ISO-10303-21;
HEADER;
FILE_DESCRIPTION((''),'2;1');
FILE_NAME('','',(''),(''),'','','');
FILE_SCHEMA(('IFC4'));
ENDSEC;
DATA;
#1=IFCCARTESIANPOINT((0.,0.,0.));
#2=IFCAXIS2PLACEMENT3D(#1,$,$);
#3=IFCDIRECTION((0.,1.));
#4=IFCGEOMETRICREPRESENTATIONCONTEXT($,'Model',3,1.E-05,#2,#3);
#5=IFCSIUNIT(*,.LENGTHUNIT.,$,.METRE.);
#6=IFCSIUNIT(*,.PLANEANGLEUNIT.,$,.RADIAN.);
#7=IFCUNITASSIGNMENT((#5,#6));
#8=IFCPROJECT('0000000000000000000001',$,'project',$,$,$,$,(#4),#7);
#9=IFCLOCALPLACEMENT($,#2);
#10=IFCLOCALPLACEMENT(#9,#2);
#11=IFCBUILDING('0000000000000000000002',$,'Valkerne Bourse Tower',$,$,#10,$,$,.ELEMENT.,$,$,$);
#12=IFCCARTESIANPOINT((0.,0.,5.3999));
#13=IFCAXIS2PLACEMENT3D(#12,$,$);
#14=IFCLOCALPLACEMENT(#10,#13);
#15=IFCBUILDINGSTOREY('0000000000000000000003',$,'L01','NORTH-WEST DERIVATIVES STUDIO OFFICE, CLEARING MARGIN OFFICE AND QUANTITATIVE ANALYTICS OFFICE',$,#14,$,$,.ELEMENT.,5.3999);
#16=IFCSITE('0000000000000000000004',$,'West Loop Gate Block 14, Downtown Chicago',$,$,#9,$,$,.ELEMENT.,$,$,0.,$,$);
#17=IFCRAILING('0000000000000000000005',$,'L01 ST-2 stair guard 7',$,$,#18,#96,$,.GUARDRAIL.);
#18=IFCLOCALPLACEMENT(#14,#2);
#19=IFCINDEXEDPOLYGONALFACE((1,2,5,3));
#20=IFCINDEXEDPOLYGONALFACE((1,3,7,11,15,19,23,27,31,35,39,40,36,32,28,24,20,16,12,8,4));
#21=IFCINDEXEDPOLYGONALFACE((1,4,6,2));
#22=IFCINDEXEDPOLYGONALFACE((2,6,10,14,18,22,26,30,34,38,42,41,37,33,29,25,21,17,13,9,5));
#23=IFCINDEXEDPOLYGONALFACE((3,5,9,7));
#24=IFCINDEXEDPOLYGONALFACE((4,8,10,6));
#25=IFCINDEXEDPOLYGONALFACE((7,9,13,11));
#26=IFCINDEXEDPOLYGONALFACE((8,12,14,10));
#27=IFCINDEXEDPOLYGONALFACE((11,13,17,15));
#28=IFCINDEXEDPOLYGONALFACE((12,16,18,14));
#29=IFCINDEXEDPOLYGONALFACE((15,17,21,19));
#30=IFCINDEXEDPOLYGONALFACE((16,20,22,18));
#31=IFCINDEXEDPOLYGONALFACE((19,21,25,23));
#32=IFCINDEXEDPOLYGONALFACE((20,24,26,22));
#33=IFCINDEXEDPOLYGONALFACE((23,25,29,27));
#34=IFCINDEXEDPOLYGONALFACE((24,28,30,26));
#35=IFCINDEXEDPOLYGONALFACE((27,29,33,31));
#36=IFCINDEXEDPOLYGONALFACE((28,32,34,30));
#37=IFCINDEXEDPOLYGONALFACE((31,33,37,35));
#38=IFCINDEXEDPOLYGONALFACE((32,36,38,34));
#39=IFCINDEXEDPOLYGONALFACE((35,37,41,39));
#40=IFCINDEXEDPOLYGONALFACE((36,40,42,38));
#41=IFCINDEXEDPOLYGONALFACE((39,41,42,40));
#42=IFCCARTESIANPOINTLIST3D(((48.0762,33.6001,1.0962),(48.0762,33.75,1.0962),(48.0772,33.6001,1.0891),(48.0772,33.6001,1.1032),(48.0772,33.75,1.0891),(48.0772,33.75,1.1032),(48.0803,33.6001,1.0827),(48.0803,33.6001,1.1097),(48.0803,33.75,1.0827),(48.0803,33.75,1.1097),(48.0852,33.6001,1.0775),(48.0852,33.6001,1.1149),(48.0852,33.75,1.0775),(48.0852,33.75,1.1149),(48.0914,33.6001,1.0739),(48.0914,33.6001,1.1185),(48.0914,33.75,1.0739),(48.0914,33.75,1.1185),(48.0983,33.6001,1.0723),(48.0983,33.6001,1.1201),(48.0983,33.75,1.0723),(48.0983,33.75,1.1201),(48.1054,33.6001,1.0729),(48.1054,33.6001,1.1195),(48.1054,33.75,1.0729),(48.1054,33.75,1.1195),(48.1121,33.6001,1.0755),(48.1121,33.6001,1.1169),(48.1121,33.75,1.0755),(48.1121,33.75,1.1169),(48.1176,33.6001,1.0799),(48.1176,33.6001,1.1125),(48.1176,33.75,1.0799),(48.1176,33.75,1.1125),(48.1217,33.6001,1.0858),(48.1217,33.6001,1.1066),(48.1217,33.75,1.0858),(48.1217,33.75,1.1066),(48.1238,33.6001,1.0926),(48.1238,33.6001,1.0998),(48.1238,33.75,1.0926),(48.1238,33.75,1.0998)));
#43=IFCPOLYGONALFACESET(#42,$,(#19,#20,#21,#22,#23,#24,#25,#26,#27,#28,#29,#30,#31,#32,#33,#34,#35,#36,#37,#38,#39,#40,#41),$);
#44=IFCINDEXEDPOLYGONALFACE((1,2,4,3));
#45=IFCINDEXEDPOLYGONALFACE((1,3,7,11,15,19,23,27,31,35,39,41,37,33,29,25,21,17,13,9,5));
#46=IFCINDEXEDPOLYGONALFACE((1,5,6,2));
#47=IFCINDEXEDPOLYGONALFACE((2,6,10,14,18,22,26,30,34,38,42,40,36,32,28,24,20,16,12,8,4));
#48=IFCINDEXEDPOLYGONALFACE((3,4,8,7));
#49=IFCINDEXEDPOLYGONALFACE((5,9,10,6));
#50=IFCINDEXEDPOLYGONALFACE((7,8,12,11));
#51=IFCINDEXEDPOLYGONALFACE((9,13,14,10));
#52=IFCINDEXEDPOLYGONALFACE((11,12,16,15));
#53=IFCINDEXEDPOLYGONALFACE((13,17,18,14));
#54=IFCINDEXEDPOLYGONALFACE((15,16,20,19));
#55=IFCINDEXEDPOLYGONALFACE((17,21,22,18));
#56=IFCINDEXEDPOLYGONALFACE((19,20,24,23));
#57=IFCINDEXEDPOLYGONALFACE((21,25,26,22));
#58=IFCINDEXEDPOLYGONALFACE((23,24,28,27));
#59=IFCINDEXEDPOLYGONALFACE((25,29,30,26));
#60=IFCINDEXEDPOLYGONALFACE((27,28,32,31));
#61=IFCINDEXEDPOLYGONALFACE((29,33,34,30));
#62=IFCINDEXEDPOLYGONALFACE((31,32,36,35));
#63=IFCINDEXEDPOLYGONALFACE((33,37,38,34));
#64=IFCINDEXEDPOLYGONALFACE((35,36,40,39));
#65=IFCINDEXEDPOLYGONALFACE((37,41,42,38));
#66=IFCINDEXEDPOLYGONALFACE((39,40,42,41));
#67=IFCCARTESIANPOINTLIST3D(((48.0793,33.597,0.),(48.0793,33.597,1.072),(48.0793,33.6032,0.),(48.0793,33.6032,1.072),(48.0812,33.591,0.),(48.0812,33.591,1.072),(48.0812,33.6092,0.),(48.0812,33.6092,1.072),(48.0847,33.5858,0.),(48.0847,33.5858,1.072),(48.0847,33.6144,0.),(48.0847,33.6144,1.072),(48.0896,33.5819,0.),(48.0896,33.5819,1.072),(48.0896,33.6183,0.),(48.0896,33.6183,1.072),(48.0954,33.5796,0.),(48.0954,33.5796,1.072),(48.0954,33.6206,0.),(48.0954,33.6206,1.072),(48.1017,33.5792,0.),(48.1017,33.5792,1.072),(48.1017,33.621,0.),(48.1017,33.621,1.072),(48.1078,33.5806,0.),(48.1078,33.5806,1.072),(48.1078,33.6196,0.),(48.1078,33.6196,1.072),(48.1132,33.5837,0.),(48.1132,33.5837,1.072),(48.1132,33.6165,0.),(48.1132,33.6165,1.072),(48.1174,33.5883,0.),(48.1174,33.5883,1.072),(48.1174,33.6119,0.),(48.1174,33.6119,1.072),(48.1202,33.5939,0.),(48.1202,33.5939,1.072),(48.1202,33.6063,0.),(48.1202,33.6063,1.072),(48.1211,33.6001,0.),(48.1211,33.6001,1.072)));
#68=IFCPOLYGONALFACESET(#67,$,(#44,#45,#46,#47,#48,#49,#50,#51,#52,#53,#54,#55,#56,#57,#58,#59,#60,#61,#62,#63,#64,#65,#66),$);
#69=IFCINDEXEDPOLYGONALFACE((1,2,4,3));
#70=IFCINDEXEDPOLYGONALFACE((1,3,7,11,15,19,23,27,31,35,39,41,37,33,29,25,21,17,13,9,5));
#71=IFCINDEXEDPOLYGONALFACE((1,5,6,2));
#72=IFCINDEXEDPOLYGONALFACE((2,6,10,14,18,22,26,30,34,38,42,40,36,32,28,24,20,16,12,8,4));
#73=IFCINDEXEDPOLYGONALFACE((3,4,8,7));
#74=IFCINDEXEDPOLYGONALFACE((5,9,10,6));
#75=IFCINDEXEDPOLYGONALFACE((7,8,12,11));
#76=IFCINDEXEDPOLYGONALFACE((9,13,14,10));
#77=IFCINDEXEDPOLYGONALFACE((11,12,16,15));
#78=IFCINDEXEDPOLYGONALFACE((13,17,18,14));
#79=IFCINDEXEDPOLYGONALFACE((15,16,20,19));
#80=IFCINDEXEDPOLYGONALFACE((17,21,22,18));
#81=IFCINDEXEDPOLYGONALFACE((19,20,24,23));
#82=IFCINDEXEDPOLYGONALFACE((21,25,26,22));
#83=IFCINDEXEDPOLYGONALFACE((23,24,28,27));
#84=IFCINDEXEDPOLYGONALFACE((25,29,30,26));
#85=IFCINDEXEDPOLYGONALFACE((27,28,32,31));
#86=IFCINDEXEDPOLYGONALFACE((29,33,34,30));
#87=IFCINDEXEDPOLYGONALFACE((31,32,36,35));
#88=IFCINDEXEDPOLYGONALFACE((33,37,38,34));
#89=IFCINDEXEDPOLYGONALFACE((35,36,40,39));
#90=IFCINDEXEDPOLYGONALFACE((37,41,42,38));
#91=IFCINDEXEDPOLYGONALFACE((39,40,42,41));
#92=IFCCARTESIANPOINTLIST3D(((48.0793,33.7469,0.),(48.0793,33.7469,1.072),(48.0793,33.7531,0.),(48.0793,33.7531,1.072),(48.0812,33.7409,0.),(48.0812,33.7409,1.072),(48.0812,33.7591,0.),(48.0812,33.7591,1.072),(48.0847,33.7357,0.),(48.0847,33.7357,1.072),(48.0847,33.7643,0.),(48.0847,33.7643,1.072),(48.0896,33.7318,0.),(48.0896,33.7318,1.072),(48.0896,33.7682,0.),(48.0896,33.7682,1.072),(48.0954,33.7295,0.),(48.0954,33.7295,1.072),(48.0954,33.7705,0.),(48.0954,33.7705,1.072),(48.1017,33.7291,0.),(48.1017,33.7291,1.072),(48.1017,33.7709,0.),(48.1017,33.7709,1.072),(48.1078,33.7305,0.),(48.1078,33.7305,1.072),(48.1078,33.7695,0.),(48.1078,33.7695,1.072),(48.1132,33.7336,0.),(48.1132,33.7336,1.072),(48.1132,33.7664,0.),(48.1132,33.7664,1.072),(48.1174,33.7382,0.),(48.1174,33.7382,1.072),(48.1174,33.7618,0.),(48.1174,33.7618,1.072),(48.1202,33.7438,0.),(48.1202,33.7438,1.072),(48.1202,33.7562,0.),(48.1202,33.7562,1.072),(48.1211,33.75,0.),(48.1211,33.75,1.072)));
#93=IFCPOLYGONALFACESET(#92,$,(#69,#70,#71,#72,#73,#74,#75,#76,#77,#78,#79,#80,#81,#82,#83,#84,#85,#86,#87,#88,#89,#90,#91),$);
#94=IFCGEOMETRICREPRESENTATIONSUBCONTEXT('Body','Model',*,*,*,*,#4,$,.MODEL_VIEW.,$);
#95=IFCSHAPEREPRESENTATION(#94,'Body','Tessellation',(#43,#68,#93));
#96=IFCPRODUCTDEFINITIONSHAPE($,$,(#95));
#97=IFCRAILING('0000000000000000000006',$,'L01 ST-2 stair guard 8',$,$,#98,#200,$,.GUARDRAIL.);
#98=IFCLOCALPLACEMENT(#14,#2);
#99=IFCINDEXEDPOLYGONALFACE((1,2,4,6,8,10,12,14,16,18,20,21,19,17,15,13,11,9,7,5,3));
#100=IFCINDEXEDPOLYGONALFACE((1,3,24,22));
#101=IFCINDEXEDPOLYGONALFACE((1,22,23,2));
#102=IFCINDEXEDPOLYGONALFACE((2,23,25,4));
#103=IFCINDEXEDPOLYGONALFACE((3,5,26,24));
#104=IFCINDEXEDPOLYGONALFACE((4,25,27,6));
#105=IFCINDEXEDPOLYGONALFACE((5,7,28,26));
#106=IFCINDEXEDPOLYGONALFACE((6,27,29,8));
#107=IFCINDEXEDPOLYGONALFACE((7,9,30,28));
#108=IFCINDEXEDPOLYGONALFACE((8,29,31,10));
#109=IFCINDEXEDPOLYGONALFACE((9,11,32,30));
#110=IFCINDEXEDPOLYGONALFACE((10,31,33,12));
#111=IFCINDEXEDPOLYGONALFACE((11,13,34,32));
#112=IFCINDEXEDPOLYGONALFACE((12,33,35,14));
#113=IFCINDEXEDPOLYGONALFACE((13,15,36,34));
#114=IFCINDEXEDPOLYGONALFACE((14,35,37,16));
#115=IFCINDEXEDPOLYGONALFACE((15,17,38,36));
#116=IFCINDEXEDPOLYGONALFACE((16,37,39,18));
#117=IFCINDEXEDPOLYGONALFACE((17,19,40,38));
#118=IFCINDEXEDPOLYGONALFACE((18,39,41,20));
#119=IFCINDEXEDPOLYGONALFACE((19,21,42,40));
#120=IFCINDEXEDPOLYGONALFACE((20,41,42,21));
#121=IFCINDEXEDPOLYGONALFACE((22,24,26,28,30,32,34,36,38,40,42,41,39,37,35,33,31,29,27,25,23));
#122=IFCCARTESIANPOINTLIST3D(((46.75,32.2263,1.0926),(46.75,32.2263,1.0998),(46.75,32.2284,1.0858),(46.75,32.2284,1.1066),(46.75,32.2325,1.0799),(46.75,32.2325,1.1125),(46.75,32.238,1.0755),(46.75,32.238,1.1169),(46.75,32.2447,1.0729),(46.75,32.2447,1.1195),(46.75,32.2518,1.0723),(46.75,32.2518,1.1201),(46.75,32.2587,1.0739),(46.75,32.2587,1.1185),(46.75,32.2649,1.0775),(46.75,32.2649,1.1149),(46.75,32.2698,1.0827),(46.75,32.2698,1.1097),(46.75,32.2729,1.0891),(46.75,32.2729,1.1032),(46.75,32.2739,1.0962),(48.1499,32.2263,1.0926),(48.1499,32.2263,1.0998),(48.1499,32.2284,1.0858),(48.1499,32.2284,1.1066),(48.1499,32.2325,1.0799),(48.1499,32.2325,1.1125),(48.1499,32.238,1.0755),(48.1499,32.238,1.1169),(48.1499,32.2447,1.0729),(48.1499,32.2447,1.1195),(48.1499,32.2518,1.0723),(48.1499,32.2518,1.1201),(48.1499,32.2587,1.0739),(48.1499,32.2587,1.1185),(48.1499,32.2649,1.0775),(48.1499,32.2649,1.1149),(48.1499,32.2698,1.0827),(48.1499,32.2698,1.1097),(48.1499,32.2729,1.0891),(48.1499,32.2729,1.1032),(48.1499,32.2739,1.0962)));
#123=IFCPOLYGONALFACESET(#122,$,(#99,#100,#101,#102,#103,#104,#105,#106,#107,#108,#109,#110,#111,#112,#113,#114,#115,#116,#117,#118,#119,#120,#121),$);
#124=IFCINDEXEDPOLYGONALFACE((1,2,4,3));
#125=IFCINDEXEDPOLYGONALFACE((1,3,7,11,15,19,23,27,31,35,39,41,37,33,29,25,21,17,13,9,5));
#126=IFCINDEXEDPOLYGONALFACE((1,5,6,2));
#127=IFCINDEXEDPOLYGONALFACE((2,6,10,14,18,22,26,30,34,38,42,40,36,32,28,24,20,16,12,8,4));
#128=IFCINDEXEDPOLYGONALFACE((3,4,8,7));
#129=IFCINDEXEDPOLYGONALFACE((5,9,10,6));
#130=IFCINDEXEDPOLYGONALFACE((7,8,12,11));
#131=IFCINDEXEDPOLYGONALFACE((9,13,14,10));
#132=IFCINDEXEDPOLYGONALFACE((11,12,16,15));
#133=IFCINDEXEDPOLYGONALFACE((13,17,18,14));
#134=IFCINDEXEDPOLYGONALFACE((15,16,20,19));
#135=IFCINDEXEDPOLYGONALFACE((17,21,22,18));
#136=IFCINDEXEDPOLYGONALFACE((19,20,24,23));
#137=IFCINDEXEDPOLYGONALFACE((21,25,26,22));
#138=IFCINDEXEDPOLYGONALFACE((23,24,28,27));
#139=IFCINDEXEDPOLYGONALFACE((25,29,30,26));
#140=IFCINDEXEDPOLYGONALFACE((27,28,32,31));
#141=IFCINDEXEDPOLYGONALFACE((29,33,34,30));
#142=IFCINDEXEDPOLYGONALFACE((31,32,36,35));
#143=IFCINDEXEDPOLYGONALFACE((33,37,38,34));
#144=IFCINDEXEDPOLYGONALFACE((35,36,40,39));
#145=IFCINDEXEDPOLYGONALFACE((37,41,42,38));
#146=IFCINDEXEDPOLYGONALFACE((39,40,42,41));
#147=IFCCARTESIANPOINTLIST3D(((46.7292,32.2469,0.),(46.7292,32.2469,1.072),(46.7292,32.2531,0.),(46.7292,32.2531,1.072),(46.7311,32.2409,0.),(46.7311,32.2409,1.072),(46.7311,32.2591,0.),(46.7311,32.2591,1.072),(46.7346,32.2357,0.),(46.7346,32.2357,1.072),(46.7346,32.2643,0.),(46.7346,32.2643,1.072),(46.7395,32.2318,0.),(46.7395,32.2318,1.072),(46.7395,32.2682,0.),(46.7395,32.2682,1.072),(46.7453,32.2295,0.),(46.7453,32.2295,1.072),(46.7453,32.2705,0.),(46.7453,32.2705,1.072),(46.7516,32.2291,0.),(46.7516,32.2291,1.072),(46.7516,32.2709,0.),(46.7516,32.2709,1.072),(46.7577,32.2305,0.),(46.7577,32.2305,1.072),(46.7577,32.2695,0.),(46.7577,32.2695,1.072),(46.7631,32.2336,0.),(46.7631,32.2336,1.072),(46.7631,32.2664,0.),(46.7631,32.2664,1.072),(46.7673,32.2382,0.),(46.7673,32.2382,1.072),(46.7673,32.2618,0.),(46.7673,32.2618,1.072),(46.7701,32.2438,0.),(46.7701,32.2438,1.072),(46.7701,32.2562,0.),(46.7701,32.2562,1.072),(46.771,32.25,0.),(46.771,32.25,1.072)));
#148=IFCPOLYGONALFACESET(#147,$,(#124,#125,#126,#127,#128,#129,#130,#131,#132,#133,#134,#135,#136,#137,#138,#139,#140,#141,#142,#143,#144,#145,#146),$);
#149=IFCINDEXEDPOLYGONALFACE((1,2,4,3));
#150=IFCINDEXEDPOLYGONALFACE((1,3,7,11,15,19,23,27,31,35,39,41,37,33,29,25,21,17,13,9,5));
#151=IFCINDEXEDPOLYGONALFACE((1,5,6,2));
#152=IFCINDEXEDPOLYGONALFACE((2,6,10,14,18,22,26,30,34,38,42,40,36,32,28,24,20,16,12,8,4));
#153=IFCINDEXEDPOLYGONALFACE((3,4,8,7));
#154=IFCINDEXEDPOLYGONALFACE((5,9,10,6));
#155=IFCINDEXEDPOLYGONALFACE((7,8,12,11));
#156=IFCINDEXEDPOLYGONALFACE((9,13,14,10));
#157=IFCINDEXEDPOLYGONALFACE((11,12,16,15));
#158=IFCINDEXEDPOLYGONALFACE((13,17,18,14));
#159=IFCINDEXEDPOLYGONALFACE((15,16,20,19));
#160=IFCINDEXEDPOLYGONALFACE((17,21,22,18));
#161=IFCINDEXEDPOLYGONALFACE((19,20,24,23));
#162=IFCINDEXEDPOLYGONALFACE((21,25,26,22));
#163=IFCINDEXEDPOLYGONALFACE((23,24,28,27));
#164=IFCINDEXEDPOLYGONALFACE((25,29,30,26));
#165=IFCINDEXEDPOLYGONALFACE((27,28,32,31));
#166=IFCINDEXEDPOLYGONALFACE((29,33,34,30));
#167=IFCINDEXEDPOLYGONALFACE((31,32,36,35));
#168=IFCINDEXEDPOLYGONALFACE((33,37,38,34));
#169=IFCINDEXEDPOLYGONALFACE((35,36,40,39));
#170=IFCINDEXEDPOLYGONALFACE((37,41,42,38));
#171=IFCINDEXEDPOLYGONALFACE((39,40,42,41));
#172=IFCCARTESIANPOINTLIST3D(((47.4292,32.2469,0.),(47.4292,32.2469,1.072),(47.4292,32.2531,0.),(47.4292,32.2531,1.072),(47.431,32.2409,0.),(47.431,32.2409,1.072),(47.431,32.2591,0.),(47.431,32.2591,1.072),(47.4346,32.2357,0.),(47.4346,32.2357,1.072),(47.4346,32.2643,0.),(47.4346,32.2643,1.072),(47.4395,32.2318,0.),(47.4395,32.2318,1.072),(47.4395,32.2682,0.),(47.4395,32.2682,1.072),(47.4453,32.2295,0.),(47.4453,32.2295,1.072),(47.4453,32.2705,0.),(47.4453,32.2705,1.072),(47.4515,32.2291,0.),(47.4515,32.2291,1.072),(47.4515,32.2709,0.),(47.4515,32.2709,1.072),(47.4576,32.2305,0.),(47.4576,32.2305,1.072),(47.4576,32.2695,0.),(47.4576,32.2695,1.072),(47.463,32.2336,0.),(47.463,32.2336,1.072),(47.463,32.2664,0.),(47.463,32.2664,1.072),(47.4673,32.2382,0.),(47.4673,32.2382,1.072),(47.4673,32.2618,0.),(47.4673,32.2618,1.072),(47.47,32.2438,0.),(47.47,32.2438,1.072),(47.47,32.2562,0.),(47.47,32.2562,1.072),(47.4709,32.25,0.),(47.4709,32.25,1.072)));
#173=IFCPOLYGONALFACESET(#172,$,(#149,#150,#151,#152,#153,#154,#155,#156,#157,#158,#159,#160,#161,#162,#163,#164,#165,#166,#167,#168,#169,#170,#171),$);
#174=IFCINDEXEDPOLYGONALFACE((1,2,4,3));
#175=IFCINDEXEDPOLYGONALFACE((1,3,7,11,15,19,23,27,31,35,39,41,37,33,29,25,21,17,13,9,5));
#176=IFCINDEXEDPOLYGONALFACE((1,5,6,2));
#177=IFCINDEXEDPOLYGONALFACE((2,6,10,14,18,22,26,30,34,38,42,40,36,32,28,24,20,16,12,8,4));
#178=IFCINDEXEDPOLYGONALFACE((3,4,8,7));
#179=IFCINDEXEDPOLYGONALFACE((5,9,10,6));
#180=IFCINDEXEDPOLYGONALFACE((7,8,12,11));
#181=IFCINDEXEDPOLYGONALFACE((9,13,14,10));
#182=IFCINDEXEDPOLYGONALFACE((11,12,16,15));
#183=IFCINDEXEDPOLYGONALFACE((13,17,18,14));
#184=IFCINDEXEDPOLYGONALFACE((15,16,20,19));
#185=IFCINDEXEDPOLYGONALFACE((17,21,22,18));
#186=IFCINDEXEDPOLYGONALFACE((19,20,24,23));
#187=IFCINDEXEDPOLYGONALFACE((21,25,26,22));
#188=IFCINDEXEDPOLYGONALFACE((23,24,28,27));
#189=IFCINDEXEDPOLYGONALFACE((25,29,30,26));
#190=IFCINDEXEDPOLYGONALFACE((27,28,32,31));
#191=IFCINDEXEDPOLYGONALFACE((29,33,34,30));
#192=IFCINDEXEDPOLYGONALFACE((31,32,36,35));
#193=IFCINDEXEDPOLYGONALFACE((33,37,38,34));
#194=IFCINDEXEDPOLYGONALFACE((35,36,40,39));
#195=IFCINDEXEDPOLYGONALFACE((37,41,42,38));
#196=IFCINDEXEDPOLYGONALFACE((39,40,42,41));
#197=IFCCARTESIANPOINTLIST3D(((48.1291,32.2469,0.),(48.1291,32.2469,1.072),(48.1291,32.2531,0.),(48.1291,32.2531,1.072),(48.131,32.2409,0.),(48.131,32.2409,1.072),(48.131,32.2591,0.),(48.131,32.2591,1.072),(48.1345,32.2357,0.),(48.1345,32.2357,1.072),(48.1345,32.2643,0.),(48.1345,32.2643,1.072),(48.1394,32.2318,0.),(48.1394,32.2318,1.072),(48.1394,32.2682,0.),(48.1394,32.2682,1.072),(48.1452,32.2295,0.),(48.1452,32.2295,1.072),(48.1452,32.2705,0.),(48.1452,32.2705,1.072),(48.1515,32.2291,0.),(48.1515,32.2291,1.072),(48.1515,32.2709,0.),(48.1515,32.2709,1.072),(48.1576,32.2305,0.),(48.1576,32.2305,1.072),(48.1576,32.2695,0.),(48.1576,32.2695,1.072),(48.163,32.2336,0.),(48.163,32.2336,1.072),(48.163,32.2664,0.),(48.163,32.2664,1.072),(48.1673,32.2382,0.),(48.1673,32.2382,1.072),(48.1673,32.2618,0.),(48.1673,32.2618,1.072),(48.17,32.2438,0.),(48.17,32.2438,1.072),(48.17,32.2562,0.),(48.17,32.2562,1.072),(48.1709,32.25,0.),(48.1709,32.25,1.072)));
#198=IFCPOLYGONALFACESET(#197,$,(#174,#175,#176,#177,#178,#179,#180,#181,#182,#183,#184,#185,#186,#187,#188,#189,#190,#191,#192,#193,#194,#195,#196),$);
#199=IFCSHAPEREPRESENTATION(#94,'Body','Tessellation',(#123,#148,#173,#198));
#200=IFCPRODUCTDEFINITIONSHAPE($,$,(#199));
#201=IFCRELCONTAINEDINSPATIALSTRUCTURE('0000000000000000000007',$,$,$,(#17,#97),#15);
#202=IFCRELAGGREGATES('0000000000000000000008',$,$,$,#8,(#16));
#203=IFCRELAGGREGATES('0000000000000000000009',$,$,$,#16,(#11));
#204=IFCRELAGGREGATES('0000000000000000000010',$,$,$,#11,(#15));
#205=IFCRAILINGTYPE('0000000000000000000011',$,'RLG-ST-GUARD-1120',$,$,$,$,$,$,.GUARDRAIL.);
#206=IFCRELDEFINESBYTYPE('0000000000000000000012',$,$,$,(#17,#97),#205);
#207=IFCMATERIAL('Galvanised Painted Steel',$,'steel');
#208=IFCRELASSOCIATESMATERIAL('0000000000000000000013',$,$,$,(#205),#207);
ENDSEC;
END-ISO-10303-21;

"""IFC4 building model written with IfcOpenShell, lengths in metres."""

from ifc_helpers import new_model, si_unit, direction, frame, origin, origin_2d, place, context, subcontext, project, spatial, circle, extrude, material, type_object, element, save


model = new_model("IFC4")

# Units and contexts
model_context = context("Model", 3, precision=1e-05, world=origin(), true_north=direction((0.0, 1.0)))
body_context = subcontext(model_context, "Body", "Model", "MODEL_VIEW")
ifc_project = project(units=[si_unit("LENGTHUNIT", "METRE"), si_unit("PLANEANGLEUNIT", "RADIAN")], contexts=[model_context])

# Site, building, storey
site_placement = place(None, origin())
site = spatial("IfcSite", under=ifc_project, at=site_placement, Name="West Loop Gate Block 14, Downtown Chicago", CompositionType="ELEMENT", RefElevation=0.0)
building_placement = place(site_placement, origin())
building = spatial("IfcBuilding", under=site, at=building_placement, Name="Valkerne Bourse Tower", CompositionType="ELEMENT")
storey_placement = place(building_placement, frame((0.0, 0.0, 5.3999)))
storey = spatial("IfcBuildingStorey", under=building, at=storey_placement, Name="L01", Description="NORTH-WEST DERIVATIVES STUDIO OFFICE, CLEARING MARGIN OFFICE AND QUANTITATIVE ANALYTICS OFFICE", CompositionType="ELEMENT", Elevation=5.3999)

# Shared definitions
ifc_material_1 = material(Name="Galvanised Painted Steel", Category="steel")

# Railings
railing_type_1 = type_object("IfcRailingType", Name="RLG-ST-GUARD-1120", PredefinedType="GUARDRAIL", material=ifc_material_1)
railing_1_placement = place(storey_placement, frame((48.1001, 33.6001, 0.0)))
element("IfcRailing", 1, at=railing_1_placement, inside=storey, type_object=railing_type_1, Name="L01 ST-2 stair guard 7", PredefinedType="GUARDRAIL", context=body_context, shape_type="SweptSolid", body=[
    extrude(circle(Radius=0.0239, at=origin_2d()), frame((0.0, 0.0, 1.0962), z_axis=(0.0, 1.0, 0.0), x_axis=(-1.0, 0.0, 0.0)), (0.0, 0.0, 1.0), 0.1499),
    extrude(circle(Radius=0.021, at=origin_2d()), origin(), (0.0, 0.0, 1.0), 1.072),
    extrude(circle(Radius=0.021, at=origin_2d()), frame((0.0, 0.1499, 0.0)), (0.0, 0.0, 1.0), 1.072),
])
railing_2_placement = place(storey_placement, frame((46.75, 32.25, 0.0)))
element("IfcRailing", 2, at=railing_2_placement, inside=storey, type_object=railing_type_1, Name="L01 ST-2 stair guard 8", PredefinedType="GUARDRAIL", context=body_context, shape_type="SweptSolid", body=[
    extrude(circle(Radius=0.0239, at=origin_2d()), frame((0.0, 0.0, 1.0962), z_axis=(1.0, 0.0, 0.0), x_axis=(0.0, 1.0, 0.0)), (0.0, 0.0, 1.0), 1.3999),
    extrude(circle(Radius=0.021, at=origin_2d()), origin(), (0.0, 0.0, 1.0), 1.072),
    extrude(circle(Radius=0.021, at=origin_2d()), frame((0.7, 0.0, 0.0)), (0.0, 0.0, 1.0), 1.072),
    extrude(circle(Radius=0.021, at=origin_2d()), frame((1.3999, 0.0, 0.0)), (0.0, 0.0, 1.0), 1.072),
])

save(model, "model.ifc")
